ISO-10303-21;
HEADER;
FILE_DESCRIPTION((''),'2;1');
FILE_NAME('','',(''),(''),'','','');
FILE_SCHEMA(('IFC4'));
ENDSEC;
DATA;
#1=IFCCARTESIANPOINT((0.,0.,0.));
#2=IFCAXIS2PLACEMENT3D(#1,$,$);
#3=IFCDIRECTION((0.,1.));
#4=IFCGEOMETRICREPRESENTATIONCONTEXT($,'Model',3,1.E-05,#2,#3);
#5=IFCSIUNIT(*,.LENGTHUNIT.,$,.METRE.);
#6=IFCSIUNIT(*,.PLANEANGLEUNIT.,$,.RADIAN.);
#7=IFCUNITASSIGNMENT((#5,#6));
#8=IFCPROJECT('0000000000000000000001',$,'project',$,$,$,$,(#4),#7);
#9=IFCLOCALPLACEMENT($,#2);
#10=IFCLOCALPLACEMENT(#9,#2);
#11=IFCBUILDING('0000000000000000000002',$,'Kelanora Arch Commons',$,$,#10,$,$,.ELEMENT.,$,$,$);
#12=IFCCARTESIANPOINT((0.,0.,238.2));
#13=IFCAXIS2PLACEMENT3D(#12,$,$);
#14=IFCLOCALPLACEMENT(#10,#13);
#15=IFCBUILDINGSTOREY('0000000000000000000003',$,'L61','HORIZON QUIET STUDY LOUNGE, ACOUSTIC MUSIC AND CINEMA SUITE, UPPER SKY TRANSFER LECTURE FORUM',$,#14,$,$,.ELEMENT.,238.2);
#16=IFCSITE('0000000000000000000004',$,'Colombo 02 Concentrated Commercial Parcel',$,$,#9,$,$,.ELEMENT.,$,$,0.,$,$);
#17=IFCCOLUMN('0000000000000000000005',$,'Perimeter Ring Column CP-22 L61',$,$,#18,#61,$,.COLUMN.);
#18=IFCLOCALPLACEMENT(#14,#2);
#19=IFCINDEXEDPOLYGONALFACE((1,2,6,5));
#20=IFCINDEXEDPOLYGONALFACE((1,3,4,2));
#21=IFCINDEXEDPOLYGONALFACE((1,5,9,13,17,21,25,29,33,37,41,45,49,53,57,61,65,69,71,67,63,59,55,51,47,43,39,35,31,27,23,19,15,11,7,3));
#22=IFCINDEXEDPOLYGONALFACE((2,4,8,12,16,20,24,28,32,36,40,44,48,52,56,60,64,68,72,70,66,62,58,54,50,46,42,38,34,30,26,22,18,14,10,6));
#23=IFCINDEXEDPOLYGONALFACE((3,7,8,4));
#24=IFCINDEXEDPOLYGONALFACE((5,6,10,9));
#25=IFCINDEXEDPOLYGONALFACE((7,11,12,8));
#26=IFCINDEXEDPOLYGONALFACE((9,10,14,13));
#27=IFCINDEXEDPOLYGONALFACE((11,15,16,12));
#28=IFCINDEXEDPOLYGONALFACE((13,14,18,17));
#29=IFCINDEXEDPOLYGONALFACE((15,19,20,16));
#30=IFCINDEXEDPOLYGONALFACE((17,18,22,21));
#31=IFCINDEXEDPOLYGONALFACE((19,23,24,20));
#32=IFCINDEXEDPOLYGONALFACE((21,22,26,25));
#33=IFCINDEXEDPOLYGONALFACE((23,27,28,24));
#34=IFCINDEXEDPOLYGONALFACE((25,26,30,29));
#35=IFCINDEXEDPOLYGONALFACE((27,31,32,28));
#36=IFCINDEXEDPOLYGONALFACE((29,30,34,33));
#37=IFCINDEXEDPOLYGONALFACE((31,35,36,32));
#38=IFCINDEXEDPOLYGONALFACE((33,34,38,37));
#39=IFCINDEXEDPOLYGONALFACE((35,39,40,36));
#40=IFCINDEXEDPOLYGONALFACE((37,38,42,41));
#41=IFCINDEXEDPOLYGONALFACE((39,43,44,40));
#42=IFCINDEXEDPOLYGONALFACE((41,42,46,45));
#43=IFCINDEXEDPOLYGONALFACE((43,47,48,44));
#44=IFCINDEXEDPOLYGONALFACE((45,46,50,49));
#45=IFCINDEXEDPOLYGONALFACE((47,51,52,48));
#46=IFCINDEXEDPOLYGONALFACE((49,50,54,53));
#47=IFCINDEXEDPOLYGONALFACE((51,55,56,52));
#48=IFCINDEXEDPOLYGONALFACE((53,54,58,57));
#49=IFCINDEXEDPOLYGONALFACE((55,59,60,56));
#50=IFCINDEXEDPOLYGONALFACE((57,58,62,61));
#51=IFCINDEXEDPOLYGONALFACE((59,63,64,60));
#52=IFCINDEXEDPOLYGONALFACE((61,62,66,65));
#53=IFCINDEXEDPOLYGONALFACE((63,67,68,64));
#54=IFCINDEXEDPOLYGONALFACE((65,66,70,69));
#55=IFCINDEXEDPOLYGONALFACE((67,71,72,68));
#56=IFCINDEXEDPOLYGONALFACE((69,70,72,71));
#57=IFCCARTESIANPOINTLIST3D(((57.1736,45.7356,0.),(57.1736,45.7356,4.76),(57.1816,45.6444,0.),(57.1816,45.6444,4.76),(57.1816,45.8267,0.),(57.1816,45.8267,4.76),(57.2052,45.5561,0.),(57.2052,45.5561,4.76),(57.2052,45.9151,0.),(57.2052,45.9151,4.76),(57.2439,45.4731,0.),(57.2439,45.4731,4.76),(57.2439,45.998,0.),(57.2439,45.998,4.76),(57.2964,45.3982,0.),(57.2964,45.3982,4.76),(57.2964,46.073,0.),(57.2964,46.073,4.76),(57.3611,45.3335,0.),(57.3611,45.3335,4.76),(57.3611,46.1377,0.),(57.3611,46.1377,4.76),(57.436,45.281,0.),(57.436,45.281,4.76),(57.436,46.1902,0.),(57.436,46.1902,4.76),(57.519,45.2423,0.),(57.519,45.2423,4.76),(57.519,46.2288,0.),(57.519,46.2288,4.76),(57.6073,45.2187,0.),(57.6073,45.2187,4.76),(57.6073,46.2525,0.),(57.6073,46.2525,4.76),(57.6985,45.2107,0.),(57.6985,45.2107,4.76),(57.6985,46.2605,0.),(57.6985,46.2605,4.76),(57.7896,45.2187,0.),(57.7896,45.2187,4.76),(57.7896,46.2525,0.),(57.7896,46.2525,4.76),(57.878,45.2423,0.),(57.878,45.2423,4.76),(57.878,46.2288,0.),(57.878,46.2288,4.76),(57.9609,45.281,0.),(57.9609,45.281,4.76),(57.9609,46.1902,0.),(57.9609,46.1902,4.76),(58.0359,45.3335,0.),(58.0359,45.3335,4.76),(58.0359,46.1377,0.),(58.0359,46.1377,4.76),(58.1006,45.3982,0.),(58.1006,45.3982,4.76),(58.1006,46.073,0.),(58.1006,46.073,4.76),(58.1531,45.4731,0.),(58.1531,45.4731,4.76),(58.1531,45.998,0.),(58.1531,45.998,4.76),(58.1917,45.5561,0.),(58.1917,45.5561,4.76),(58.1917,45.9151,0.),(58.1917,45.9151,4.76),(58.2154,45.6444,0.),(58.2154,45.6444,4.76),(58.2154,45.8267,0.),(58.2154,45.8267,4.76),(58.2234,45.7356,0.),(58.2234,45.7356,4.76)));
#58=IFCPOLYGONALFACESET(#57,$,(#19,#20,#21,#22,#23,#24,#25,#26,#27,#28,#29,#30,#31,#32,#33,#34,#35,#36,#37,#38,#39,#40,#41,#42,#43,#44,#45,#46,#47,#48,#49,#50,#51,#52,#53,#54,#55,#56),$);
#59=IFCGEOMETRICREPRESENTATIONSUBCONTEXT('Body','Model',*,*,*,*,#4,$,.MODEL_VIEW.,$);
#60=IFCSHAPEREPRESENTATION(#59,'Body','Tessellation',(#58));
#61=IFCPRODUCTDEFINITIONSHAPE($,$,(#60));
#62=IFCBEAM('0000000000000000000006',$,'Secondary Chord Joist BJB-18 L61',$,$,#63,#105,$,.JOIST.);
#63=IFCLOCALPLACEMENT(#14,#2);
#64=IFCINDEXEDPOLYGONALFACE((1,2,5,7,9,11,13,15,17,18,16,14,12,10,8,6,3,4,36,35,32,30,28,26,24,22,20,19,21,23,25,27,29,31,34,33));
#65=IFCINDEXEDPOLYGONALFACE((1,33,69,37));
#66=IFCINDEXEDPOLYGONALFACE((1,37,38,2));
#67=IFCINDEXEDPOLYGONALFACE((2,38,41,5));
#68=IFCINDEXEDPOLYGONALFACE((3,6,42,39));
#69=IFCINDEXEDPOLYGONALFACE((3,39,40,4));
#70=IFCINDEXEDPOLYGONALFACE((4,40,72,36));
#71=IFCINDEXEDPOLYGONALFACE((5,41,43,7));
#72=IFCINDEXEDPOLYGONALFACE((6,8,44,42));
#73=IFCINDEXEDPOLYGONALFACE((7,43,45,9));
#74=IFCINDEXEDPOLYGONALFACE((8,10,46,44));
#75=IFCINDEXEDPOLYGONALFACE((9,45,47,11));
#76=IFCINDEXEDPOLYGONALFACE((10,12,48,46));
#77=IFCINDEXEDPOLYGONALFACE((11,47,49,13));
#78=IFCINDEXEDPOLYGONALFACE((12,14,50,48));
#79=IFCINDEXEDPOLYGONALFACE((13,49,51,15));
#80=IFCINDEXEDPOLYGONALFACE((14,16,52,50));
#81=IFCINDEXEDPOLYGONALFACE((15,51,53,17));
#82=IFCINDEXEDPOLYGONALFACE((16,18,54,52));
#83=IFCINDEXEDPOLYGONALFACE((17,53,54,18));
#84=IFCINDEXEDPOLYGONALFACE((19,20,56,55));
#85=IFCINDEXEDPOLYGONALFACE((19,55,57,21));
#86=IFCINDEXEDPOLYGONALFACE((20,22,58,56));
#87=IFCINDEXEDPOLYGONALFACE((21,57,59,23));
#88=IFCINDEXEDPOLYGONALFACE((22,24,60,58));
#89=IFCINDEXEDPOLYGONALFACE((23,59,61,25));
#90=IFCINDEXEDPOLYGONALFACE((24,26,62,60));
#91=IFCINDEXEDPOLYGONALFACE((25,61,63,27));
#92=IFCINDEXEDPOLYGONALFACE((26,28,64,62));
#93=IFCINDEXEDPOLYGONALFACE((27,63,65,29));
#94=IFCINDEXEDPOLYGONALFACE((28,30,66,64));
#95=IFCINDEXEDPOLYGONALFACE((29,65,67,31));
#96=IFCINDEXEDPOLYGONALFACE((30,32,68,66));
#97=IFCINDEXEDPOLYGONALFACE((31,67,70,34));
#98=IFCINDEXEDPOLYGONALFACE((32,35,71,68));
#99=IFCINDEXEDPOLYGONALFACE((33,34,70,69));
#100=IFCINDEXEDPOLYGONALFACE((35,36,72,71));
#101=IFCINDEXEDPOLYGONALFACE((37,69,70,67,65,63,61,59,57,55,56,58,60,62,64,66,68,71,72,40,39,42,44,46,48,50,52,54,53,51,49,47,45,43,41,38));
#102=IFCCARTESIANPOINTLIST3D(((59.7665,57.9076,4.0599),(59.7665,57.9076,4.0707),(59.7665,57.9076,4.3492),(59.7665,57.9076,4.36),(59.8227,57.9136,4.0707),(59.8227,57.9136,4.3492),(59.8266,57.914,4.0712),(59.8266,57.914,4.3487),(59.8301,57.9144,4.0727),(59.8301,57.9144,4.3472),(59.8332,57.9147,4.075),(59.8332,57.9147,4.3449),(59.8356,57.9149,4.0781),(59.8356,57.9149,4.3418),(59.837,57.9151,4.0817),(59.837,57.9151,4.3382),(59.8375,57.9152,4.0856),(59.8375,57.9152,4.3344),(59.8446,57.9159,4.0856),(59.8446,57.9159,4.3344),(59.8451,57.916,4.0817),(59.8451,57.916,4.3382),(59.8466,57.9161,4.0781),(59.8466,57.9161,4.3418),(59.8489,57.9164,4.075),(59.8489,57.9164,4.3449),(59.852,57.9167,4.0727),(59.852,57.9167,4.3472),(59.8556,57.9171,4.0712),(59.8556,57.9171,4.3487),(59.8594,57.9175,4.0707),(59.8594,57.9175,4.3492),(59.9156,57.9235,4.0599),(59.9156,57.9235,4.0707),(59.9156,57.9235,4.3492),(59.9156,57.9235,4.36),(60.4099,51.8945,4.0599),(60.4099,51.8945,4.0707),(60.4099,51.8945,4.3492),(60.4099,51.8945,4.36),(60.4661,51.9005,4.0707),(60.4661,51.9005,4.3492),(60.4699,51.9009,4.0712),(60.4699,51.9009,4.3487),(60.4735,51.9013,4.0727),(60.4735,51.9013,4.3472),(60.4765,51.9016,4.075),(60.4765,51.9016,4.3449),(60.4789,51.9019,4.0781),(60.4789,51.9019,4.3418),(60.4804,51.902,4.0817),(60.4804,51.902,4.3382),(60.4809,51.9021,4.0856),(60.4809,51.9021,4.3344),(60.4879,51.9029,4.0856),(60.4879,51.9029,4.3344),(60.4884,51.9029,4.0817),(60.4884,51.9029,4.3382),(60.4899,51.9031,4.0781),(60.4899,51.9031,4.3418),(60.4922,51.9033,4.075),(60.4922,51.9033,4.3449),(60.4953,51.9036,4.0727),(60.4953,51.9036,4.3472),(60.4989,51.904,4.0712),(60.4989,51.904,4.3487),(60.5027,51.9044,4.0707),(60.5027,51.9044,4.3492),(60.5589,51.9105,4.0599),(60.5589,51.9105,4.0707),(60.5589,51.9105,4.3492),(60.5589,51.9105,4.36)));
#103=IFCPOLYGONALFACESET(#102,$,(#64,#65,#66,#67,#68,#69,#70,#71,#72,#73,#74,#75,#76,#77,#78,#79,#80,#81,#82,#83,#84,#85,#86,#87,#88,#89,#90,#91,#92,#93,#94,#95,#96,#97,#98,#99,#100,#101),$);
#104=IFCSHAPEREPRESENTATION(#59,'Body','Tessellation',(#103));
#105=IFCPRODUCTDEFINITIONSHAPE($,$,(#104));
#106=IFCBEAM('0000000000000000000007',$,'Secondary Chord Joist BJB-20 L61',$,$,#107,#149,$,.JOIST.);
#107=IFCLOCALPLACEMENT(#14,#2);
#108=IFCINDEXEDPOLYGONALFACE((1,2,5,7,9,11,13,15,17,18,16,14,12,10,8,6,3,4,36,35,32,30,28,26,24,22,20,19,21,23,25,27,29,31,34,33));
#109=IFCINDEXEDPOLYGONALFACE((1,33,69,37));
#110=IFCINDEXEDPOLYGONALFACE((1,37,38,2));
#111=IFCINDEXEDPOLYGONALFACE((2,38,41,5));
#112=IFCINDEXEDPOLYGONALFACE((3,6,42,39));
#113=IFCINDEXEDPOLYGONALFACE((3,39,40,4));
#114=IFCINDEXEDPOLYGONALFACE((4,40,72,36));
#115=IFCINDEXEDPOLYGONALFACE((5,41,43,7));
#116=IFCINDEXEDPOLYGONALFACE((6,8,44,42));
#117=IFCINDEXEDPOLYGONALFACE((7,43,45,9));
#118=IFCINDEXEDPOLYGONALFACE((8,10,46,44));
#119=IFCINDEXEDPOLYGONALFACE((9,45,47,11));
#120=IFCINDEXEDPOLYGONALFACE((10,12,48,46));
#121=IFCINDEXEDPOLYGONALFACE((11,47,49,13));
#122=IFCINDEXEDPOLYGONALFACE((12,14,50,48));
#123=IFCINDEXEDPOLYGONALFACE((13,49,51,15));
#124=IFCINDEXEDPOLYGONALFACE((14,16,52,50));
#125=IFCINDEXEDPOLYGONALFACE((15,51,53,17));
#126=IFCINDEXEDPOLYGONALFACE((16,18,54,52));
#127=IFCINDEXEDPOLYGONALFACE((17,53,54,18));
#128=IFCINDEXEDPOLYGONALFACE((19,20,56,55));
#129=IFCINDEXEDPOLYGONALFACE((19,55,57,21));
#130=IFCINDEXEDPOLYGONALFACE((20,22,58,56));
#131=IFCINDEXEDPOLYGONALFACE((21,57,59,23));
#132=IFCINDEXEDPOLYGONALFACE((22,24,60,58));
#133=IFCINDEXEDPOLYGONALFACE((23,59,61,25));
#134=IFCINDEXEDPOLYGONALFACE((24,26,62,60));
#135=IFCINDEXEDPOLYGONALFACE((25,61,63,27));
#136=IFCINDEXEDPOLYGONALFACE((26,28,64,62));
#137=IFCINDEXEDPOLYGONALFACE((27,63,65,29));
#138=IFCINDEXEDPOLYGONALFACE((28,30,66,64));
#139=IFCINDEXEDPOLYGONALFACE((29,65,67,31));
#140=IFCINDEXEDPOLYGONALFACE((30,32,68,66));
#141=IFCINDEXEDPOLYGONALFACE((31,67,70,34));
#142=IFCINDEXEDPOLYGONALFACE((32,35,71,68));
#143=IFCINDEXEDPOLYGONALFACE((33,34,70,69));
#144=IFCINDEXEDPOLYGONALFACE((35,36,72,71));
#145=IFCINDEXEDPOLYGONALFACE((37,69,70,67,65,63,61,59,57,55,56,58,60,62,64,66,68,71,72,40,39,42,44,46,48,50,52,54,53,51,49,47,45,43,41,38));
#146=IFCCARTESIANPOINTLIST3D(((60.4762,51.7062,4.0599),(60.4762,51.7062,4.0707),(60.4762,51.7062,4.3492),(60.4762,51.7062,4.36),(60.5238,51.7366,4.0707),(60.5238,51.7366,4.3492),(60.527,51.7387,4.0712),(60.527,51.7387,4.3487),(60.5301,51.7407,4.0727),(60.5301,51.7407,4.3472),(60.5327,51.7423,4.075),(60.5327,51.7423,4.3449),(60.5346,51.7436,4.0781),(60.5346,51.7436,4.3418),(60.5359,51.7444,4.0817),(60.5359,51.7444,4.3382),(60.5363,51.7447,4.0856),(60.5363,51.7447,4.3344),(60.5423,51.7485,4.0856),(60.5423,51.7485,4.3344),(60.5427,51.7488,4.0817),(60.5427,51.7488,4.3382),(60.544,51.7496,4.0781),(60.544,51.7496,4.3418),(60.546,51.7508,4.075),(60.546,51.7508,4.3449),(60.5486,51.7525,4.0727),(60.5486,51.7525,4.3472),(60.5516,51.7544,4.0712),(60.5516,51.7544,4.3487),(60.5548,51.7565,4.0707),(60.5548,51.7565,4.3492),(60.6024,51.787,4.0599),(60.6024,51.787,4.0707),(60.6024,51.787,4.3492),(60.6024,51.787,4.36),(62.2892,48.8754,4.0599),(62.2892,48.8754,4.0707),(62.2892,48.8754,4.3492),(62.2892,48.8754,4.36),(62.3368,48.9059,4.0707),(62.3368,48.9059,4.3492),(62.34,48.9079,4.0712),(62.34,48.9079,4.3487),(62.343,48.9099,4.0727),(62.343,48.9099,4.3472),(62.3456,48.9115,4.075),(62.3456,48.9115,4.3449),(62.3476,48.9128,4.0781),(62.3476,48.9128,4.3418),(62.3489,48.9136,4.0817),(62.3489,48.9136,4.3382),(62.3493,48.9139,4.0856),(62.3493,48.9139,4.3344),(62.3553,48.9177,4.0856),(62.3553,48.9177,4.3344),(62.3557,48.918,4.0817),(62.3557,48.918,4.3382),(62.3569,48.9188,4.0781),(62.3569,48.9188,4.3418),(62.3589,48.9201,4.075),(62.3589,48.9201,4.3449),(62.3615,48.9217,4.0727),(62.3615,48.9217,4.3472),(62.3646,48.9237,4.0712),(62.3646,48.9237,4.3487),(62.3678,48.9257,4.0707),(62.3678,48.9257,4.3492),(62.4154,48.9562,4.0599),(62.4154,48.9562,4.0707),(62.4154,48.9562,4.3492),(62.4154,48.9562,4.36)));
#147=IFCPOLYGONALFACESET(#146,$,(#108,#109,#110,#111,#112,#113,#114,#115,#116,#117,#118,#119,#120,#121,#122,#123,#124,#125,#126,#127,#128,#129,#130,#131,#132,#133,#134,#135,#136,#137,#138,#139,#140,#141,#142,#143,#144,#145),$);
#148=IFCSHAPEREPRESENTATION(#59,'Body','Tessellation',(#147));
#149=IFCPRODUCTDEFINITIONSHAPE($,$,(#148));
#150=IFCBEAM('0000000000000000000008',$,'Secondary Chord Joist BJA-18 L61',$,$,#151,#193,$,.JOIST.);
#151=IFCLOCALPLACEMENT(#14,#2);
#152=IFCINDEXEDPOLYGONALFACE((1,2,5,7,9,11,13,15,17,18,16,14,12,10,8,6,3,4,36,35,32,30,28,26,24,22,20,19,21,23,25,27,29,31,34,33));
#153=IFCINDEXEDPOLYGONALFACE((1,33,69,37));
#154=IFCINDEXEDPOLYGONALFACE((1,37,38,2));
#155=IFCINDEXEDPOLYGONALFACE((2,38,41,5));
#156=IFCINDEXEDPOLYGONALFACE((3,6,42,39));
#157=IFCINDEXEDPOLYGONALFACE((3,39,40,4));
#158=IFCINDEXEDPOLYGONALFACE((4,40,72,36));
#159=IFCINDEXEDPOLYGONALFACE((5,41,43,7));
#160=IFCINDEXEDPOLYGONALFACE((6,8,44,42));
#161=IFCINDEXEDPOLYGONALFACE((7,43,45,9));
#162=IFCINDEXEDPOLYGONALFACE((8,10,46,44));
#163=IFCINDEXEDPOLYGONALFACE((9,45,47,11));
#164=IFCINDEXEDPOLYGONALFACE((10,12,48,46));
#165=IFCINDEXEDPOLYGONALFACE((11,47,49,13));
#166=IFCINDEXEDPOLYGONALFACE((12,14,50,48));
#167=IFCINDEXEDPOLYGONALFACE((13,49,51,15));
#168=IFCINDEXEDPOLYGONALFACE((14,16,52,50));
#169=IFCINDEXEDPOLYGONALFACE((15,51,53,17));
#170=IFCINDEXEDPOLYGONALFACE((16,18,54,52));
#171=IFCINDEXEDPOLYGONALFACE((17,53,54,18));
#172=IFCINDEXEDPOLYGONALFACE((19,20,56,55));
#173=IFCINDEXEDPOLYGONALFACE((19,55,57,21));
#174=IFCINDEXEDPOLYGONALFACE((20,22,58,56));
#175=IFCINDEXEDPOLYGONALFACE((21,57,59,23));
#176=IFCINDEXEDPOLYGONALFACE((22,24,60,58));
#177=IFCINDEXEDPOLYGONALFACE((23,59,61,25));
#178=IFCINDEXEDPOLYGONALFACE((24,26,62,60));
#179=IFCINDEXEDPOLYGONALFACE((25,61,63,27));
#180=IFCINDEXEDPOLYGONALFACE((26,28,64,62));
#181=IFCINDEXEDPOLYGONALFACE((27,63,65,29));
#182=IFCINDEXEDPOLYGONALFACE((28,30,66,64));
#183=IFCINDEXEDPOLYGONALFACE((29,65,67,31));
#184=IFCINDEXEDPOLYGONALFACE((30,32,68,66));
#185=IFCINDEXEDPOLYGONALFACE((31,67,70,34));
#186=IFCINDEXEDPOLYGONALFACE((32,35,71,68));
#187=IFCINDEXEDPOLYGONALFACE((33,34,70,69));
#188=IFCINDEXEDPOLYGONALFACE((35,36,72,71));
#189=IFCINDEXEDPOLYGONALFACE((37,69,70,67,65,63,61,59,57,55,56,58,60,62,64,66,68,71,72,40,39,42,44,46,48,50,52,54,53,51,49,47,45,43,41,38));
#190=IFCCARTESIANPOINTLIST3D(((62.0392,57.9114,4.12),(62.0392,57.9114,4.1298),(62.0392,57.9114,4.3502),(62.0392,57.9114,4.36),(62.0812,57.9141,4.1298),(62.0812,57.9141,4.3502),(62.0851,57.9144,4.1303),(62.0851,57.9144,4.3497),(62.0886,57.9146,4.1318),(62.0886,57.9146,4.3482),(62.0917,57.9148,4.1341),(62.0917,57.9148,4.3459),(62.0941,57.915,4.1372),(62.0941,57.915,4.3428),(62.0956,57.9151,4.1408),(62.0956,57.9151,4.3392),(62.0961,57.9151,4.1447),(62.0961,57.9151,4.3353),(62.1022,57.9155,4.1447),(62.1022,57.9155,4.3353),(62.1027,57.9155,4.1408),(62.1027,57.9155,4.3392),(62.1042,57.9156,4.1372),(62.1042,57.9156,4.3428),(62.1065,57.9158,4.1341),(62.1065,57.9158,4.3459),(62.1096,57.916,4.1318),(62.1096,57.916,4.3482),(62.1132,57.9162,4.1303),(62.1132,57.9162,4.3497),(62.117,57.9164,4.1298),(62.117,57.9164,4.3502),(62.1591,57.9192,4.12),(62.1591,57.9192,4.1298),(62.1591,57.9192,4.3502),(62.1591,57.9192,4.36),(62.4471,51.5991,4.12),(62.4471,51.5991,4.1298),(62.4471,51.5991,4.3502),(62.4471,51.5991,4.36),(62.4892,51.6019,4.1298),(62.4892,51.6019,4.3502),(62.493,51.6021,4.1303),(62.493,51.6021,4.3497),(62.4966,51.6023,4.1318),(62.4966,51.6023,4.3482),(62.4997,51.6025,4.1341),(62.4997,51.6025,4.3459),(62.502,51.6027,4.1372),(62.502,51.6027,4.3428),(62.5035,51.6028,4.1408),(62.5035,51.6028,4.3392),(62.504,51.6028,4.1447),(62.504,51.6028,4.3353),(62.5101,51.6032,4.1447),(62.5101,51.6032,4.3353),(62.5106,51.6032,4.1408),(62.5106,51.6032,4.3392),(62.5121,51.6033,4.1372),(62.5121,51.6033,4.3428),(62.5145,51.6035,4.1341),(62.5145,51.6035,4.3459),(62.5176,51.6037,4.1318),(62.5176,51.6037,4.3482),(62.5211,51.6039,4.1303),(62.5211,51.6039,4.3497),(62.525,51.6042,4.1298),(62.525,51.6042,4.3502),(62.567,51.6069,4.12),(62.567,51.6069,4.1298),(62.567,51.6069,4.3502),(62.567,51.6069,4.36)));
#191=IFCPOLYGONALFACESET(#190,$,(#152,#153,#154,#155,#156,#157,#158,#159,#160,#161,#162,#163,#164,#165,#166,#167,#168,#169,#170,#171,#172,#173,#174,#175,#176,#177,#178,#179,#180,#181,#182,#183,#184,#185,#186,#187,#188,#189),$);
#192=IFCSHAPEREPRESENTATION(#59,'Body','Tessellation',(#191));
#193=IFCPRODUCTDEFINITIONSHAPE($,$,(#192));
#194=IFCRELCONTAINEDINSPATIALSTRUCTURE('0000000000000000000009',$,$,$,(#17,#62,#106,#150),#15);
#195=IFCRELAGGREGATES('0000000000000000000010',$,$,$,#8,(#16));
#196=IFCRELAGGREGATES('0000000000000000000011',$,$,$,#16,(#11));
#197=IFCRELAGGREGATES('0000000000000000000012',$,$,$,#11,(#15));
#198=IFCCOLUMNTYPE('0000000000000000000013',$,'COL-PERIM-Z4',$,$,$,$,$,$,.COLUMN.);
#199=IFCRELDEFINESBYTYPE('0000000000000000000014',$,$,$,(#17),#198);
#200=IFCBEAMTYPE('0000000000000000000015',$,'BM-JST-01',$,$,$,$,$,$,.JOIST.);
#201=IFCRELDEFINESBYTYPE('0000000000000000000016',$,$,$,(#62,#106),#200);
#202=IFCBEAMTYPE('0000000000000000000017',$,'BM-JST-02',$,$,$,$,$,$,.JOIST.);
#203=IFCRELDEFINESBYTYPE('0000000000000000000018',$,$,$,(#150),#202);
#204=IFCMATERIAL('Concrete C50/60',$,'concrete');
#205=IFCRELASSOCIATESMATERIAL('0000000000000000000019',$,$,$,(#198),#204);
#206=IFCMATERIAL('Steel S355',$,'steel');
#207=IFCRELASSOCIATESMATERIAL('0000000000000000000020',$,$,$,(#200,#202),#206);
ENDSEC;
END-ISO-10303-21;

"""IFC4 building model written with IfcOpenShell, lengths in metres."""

from ifc_helpers import new_model, si_unit, direction, frame, origin, origin_2d, place, context, subcontext, project, spatial, circle, i_section, extrude, material, material_profile, profile_set, type_object, element, save


model = new_model("IFC4")

# Units and contexts
model_context = context("Model", 3, precision=1e-05, world=origin(), true_north=direction((0.0, 1.0)))
body_context = subcontext(model_context, "Body", "Model", "MODEL_VIEW")
ifc_project = project(units=[si_unit("LENGTHUNIT", "METRE"), si_unit("PLANEANGLEUNIT", "RADIAN")], contexts=[model_context])

# Site, building, storey
site_placement = place(None, origin())
site = spatial("IfcSite", under=ifc_project, at=site_placement, Name="Colombo 02 Concentrated Commercial Parcel", CompositionType="ELEMENT", RefElevation=0.0)
building_placement = place(site_placement, origin())
building = spatial("IfcBuilding", under=site, at=building_placement, Name="Kelanora Arch Commons", CompositionType="ELEMENT")
storey_placement = place(building_placement, frame((0.0, 0.0, 238.2)))
storey = spatial("IfcBuildingStorey", under=building, at=storey_placement, Name="L61", Description="HORIZON QUIET STUDY LOUNGE, ACOUSTIC MUSIC AND CINEMA SUITE, UPPER SKY TRANSFER LECTURE FORUM", CompositionType="ELEMENT", Elevation=238.2)

# Column
ifc_material_1 = material(Name="Concrete C50/60", Category="concrete")
ifc_material_profile_1 = material_profile(ifc_material_1, circle(Radius=0.5249, at=origin_2d()), Name="RCC1050")
ifc_profile_set_1 = profile_set([ifc_material_profile_1], Name="Concrete C50/60")
column_type = type_object("IfcColumnType", Name="COL-PERIM-Z4", PredefinedType="COLUMN", material=ifc_profile_set_1)
column_placement = place(storey_placement, frame((57.6985, 45.7356, 0.0), z_axis=(0.0, 0.0, 1.0), x_axis=(1.0, 0.0, 0.0)))
element("IfcColumn", 1, at=column_placement, inside=storey, type_object=column_type, Name="Perimeter Ring Column CP-22 L61", PredefinedType="COLUMN", context=body_context, shape_type="SweptSolid", body=[
    extrude(circle(Radius=0.5249, at=origin_2d()), origin(), (0.0, 0.0, 1.0), 4.76),
])

# Beams
ifc_material_2 = material(Name="Steel S355", Category="steel")
ifc_material_profile_2 = material_profile(ifc_material_2, i_section(OverallWidth=0.1499, OverallDepth=0.3, WebThickness=0.0071, FlangeThickness=0.0107, FilletRadius=0.0149, at=origin_2d()), Name="IPE300")
ifc_profile_set_2 = profile_set([ifc_material_profile_2], Name="Steel S355")
beam_type_1 = type_object("IfcBeamType", Name="BM-JST-01", PredefinedType="JOIST", material=ifc_profile_set_2)
beam_1_placement = place(storey_placement, frame((59.8411, 57.9155, 4.21), z_axis=(0.106381, -0.994325, 0.0), x_axis=(0.994325, 0.106381, 0.0)))
element("IfcBeam", 2, at=beam_1_placement, inside=storey, type_object=beam_type_1, Name="Secondary Chord Joist BJB-18 L61", PredefinedType="JOIST", context=body_context, shape_type="SweptSolid", body=[
    extrude(i_section(OverallWidth=0.1499, OverallDepth=0.3, WebThickness=0.0071, FlangeThickness=0.0107, FilletRadius=0.0149, at=origin_2d()), origin(), (0.0, 0.0, 1.0), 6.0474),
])
beam_2_placement = place(storey_placement, frame((60.5393, 51.7466, 4.21), z_axis=(0.539322, -0.8421, 0.0), x_axis=(0.8421, 0.539322, 0.0)))
element("IfcBeam", 3, at=beam_2_placement, inside=storey, type_object=beam_type_1, Name="Secondary Chord Joist BJB-20 L61", PredefinedType="JOIST", context=body_context, shape_type="SweptSolid", body=[
    extrude(i_section(OverallWidth=0.1499, OverallDepth=0.3, WebThickness=0.0071, FlangeThickness=0.0107, FilletRadius=0.0149, at=origin_2d()), origin(), (0.0, 0.0, 1.0), 3.3616),
])
ifc_material_profile_3 = material_profile(ifc_material_2, i_section(OverallWidth=0.1201, OverallDepth=0.24, WebThickness=0.0061, FlangeThickness=0.0098, FilletRadius=0.0149, at=origin_2d()), Name="IPE240")
ifc_profile_set_3 = profile_set([ifc_material_profile_3], Name="Steel S355")
beam_type_2 = type_object("IfcBeamType", Name="BM-JST-02", PredefinedType="JOIST", material=ifc_profile_set_3)
beam_3_placement = place(storey_placement, frame((62.0991, 57.9153, 4.24), z_axis=(0.064495, -0.997918, 0.0), x_axis=(0.997918, 0.064495, 0.0)))
element("IfcBeam", 4, at=beam_3_placement, inside=storey, type_object=beam_type_2, Name="Secondary Chord Joist BJA-18 L61", PredefinedType="JOIST", context=body_context, shape_type="SweptSolid", body=[
    extrude(i_section(OverallWidth=0.1201, OverallDepth=0.24, WebThickness=0.0061, FlangeThickness=0.0098, FilletRadius=0.0149, at=origin_2d()), origin(), (0.0, 0.0, 1.0), 6.3254),
])

save(model, "model.ifc")
